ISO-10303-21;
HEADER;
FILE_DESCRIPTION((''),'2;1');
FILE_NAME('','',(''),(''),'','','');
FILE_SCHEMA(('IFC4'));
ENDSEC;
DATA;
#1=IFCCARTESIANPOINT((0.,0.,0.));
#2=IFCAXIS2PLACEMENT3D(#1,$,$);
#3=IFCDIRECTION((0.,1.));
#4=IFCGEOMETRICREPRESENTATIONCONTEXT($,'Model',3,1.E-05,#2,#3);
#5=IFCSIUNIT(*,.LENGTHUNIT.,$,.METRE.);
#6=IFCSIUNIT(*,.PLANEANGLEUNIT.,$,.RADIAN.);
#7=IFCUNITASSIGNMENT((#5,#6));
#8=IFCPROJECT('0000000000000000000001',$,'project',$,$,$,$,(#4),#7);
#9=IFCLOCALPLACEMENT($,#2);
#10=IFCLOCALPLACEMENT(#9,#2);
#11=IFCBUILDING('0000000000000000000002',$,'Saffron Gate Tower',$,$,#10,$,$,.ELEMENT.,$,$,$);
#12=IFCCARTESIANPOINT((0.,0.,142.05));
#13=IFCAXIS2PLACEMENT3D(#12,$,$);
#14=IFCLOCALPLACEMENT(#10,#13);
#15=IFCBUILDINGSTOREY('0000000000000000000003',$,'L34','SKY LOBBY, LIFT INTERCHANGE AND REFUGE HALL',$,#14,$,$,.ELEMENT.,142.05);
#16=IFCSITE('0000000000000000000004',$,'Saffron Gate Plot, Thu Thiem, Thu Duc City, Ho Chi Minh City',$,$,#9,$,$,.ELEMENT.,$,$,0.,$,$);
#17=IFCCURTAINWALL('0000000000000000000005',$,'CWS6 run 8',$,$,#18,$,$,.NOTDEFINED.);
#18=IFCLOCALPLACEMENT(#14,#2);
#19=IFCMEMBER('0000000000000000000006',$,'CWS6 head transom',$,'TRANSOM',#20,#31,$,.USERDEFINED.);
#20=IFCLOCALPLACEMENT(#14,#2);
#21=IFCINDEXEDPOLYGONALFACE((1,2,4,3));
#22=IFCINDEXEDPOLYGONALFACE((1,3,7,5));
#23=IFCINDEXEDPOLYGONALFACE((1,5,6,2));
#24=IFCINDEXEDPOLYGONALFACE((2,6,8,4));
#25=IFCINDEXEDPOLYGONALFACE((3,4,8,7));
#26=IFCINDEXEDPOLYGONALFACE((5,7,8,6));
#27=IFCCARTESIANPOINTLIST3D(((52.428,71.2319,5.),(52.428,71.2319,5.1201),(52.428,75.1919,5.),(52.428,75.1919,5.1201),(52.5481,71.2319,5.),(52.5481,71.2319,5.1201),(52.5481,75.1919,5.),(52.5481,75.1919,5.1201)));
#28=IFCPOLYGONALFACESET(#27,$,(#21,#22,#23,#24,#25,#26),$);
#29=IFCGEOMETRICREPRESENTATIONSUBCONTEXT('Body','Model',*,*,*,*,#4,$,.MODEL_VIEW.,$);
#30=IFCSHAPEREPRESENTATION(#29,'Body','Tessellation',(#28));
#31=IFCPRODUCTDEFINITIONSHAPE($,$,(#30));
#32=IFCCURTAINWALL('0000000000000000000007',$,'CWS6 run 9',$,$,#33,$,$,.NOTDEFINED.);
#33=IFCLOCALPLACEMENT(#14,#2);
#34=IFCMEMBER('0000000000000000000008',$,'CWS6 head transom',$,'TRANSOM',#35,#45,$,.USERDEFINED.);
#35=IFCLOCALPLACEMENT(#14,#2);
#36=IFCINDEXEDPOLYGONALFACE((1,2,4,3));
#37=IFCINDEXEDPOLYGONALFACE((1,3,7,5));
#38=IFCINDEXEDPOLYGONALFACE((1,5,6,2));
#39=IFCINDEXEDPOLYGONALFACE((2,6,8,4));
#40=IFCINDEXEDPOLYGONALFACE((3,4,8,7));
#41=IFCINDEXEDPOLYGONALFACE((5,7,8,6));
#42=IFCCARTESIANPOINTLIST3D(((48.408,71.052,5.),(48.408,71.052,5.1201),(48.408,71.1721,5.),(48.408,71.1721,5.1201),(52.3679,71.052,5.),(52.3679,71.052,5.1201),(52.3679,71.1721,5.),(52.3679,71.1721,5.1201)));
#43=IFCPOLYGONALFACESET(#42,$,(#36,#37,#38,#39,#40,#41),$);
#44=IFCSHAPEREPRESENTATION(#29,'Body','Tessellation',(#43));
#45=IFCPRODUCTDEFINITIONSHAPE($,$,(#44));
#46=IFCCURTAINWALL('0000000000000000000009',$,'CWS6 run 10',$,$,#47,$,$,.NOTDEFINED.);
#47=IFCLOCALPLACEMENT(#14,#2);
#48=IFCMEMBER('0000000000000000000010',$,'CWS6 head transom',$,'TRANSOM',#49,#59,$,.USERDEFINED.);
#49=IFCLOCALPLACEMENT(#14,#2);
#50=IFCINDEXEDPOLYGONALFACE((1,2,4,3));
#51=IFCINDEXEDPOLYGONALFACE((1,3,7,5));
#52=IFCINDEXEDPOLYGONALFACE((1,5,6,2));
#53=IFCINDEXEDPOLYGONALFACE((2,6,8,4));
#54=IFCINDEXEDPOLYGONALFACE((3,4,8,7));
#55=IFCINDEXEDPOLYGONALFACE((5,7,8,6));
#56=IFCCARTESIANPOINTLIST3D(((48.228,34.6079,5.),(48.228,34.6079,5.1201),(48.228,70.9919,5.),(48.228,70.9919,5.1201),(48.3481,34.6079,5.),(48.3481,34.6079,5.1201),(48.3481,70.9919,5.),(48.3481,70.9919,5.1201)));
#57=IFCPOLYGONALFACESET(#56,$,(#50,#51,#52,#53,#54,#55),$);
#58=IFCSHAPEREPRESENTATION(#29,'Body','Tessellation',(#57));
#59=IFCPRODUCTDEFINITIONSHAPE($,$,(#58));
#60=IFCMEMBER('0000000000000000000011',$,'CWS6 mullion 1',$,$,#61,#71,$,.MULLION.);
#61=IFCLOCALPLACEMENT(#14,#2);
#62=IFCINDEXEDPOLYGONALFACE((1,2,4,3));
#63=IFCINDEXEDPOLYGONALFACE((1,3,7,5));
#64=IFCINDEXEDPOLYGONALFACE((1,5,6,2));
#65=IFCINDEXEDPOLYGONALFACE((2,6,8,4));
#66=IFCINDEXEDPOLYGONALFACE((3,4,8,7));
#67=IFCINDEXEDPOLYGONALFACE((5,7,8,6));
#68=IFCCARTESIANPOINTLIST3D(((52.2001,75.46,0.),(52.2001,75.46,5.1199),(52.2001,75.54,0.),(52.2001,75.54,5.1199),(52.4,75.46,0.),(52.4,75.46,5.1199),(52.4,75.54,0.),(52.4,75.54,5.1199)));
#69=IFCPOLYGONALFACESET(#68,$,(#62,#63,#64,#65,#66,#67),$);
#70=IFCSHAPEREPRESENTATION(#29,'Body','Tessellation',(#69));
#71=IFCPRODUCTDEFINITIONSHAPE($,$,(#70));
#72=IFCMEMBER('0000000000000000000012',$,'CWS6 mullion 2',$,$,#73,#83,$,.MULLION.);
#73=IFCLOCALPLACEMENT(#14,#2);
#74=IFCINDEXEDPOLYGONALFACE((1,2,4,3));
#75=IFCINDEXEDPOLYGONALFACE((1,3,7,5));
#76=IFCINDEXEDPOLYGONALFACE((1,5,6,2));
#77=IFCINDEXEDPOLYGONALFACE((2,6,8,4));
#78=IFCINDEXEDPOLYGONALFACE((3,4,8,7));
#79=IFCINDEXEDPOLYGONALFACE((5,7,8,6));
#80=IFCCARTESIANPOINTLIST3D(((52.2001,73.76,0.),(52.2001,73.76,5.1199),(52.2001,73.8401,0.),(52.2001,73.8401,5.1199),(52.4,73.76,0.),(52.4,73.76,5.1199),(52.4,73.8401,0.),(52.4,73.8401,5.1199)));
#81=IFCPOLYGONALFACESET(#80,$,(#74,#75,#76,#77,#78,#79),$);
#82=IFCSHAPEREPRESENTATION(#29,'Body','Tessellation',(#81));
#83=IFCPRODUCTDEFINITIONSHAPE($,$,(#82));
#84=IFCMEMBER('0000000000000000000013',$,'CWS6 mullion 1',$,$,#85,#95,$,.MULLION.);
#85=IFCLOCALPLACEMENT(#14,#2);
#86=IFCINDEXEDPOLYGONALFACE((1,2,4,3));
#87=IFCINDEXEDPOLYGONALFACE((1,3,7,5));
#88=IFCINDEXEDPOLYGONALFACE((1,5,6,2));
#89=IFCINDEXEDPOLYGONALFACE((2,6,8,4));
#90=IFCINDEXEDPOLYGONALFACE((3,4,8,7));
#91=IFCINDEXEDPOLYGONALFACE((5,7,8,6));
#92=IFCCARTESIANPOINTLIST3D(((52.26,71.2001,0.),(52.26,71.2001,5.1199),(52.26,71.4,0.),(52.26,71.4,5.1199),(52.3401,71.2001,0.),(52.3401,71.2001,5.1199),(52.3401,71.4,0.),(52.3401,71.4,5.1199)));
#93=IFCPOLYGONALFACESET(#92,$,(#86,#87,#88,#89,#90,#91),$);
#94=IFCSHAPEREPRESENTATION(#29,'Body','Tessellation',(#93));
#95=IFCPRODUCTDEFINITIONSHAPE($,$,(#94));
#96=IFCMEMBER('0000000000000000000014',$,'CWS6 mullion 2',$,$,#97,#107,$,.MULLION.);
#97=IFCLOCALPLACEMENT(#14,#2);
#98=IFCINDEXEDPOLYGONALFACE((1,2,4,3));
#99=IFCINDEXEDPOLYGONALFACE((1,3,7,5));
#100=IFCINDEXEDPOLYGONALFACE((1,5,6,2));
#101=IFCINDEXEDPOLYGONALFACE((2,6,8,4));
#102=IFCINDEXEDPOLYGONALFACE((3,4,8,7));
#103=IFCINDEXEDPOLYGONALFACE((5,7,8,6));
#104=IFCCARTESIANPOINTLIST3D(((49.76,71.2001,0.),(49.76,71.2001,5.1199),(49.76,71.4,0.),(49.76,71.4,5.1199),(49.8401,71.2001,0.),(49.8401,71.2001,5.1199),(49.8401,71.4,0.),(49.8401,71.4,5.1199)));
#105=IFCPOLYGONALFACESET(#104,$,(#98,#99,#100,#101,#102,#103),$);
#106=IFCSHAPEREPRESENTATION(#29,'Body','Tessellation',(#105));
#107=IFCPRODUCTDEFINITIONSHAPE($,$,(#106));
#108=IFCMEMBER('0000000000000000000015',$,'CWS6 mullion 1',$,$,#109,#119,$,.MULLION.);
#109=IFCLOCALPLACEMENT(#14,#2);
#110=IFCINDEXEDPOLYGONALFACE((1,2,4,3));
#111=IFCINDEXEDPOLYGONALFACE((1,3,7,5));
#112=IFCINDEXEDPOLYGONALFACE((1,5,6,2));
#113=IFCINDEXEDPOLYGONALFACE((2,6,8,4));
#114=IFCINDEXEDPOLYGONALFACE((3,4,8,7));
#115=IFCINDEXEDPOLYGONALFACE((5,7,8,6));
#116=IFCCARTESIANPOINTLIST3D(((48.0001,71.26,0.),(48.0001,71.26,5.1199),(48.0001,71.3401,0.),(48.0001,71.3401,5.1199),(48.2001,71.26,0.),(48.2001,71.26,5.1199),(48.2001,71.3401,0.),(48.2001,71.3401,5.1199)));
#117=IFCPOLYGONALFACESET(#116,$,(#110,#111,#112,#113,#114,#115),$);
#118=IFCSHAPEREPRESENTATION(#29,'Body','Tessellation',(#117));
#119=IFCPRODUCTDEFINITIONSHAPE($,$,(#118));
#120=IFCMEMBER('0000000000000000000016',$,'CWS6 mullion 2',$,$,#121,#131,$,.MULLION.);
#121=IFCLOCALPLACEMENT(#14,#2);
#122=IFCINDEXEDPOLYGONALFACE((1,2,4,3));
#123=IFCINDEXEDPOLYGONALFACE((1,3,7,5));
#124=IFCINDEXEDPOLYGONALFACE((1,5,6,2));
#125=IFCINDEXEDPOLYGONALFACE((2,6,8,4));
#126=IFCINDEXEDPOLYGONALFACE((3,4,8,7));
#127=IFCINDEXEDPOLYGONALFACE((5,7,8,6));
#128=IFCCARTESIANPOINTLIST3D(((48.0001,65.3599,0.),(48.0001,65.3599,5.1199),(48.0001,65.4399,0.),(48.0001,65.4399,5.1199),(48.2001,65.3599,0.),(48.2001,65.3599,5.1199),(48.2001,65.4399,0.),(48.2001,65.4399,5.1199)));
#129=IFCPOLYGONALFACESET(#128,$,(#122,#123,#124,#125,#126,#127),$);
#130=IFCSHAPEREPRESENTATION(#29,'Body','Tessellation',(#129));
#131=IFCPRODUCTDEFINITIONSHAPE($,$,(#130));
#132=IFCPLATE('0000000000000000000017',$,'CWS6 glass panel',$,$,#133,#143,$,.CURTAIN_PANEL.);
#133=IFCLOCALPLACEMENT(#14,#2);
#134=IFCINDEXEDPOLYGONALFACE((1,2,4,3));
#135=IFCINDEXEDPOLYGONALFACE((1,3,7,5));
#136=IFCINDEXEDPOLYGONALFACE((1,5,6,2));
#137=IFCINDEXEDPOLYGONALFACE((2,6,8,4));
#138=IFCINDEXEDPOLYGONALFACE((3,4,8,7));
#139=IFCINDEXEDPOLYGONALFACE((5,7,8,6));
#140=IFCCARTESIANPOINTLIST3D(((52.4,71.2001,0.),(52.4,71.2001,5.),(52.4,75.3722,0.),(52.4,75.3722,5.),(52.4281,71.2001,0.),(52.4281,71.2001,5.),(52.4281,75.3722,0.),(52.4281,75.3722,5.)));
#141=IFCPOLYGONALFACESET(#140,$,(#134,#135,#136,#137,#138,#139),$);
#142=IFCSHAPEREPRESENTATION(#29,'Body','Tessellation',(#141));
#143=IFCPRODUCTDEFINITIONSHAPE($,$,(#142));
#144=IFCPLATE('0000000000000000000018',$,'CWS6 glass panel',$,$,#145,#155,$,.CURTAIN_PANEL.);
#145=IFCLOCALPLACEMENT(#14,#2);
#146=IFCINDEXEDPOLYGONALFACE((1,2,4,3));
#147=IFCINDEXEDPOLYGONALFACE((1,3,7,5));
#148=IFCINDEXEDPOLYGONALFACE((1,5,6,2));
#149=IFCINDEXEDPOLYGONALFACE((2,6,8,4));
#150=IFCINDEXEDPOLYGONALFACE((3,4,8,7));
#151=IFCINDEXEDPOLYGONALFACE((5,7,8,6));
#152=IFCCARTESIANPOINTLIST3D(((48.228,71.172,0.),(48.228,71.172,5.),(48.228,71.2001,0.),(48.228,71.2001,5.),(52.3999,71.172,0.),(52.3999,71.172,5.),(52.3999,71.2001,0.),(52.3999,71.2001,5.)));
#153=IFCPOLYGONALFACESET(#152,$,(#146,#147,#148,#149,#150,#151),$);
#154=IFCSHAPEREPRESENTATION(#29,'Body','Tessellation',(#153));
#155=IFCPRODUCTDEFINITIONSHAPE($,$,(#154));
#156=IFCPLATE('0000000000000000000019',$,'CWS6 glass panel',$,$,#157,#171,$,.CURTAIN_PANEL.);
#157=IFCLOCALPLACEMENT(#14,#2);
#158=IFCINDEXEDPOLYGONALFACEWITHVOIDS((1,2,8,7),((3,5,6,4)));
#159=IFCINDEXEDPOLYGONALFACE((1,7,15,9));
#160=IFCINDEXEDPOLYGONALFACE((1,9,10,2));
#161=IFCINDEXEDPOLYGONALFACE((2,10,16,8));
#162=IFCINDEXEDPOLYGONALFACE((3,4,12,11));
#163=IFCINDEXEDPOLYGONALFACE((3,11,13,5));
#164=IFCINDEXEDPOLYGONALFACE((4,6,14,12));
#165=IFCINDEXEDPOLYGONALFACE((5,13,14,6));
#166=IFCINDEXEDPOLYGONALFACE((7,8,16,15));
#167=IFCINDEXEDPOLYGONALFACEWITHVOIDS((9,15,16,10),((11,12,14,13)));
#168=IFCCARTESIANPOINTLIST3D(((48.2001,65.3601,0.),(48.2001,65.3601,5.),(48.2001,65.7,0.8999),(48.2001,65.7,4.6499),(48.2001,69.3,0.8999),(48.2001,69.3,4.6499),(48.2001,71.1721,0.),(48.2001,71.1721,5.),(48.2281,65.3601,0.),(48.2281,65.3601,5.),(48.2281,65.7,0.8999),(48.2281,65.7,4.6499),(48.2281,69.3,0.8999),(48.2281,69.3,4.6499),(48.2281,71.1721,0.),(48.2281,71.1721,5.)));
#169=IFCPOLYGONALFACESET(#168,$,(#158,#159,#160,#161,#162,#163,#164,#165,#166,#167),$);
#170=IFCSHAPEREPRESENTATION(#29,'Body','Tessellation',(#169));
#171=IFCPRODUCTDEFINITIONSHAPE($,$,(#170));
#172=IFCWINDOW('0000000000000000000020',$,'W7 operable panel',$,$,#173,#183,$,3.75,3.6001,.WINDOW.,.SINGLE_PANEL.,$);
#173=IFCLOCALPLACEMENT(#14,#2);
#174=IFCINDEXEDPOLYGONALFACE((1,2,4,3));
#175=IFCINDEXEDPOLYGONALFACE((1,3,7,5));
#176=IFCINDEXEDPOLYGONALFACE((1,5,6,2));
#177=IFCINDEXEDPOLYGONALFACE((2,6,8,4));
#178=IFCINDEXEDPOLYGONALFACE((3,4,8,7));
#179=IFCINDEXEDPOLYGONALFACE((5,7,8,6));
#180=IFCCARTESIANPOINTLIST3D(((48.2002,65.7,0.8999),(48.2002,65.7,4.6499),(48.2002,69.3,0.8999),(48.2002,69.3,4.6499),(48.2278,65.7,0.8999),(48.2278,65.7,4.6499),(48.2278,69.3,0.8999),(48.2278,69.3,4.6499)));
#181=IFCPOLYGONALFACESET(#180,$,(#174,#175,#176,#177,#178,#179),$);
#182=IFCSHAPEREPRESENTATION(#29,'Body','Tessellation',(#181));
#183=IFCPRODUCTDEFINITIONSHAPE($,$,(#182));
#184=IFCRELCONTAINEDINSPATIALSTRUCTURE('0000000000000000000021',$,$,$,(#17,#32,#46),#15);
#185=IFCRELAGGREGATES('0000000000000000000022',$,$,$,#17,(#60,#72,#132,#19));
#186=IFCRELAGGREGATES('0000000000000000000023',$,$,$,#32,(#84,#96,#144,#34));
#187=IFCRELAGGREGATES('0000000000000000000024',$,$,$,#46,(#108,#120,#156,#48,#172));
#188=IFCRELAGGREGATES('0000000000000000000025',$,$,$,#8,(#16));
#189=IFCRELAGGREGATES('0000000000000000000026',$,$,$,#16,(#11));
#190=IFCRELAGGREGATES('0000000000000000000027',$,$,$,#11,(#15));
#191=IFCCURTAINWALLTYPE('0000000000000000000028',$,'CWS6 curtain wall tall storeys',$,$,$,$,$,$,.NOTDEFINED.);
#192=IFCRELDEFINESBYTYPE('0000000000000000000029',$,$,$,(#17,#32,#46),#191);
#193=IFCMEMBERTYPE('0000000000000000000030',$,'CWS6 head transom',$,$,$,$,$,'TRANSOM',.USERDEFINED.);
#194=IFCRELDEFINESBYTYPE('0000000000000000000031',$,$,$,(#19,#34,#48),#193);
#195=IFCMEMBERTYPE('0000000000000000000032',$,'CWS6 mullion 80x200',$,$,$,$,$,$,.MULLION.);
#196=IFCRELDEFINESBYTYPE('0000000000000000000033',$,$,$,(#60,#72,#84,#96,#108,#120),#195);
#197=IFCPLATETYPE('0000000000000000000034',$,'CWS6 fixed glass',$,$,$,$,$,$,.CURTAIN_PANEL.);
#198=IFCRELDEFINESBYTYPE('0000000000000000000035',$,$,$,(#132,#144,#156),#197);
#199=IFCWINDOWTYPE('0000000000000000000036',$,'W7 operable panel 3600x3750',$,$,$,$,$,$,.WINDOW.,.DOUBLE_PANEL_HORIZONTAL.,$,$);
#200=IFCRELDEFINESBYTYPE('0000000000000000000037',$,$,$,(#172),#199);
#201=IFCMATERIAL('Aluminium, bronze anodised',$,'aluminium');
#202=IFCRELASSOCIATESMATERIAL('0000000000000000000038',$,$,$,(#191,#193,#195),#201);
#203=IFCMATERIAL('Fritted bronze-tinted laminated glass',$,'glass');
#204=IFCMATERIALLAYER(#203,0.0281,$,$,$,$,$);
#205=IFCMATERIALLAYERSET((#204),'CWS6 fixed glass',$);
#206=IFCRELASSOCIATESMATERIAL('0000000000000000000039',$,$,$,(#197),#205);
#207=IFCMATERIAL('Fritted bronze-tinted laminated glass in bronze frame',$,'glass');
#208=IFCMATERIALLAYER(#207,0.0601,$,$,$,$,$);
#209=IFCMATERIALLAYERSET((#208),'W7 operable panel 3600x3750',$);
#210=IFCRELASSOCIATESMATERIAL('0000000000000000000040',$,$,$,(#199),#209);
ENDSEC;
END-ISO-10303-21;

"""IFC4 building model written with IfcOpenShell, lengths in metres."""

from ifc_helpers import new_model, si_unit, direction, frame, frame_2d, origin, origin_2d, place, context, subcontext, project, spatial, rectangle, extrude, material, layer, layer_set, material_profile, profile_set, type_object, element, fill, aggregate, save


model = new_model("IFC4")

# Units and contexts
model_context = context("Model", 3, precision=1e-05, world=origin(), true_north=direction((0.0, 1.0)))
body_context = subcontext(model_context, "Body", "Model", "MODEL_VIEW")
ifc_project = project(units=[si_unit("LENGTHUNIT", "METRE"), si_unit("PLANEANGLEUNIT", "RADIAN")], contexts=[model_context])

# Site, building, storey
site_placement = place(None, origin())
site = spatial("IfcSite", under=ifc_project, at=site_placement, Name="Saffron Gate Plot, Thu Thiem, Thu Duc City, Ho Chi Minh City", CompositionType="ELEMENT", RefElevation=0.0)
building_placement = place(site_placement, origin())
building = spatial("IfcBuilding", under=site, at=building_placement, Name="Saffron Gate Tower", CompositionType="ELEMENT")
storey_placement = place(building_placement, frame((0.0, 0.0, 142.05)))
storey = spatial("IfcBuildingStorey", under=building, at=storey_placement, Name="L34", Description="SKY LOBBY, LIFT INTERCHANGE AND REFUGE HALL", CompositionType="ELEMENT", Elevation=142.05)

# Curtain walls, members
ifc_material_1 = material(Name="Aluminium, bronze anodised", Category="aluminium")
curtain_wall_type = type_object("IfcCurtainWallType", Name="CWS6 curtain wall tall storeys", PredefinedType="NOTDEFINED", material=ifc_material_1)
curtain_wall_1_placement = place(storey_placement, origin())
curtain_wall_1 = element("IfcCurtainWall", 1, at=curtain_wall_1_placement, inside=storey, type_object=curtain_wall_type, Name="CWS6 run 8", PredefinedType="NOTDEFINED")
ifc_material_profile_1 = material_profile(ifc_material_1, rectangle(XDim=0.1201, YDim=0.1201, at=origin_2d()))
ifc_profile_set_1 = profile_set([ifc_material_profile_1], Name="Aluminium, bronze anodised")
member_type_1 = type_object("IfcMemberType", Name="CWS6 head transom", ElementType="TRANSOM", PredefinedType="USERDEFINED", material=ifc_profile_set_1)
member_1_placement = place(storey_placement, frame((52.488, 75.1919, 5.0601), z_axis=(0.0, -1.0, 0.0), x_axis=(1.0, 0.0, 0.0)))
member_1 = element("IfcMember", 2, at=member_1_placement, type_object=member_type_1, Name="CWS6 head transom", ObjectType="TRANSOM", PredefinedType="USERDEFINED", context=body_context, shape_type="SweptSolid", body=[
    extrude(rectangle(XDim=0.1201, YDim=0.1201, at=origin_2d()), origin(), (0.0, 0.0, 1.0), 3.96),
])
curtain_wall_2_placement = place(storey_placement, origin())
curtain_wall_2 = element("IfcCurtainWall", 3, at=curtain_wall_2_placement, inside=storey, type_object=curtain_wall_type, Name="CWS6 run 9", PredefinedType="NOTDEFINED")
member_2_placement = place(storey_placement, frame((52.3679, 71.1121, 5.0601), z_axis=(-1.0, 0.0, 0.0), x_axis=(0.0, -1.0, 0.0)))
member_2 = element("IfcMember", 4, at=member_2_placement, type_object=member_type_1, Name="CWS6 head transom", ObjectType="TRANSOM", PredefinedType="USERDEFINED", context=body_context, shape_type="SweptSolid", body=[
    extrude(rectangle(XDim=0.1201, YDim=0.1201, at=origin_2d()), origin(), (0.0, 0.0, 1.0), 3.96),
])
curtain_wall_3_placement = place(storey_placement, origin())
curtain_wall_3 = element("IfcCurtainWall", 5, at=curtain_wall_3_placement, inside=storey, type_object=curtain_wall_type, Name="CWS6 run 10", PredefinedType="NOTDEFINED")
member_3_placement = place(storey_placement, frame((48.2881, 70.9919, 5.0601), z_axis=(0.0, -1.0, 0.0), x_axis=(1.0, 0.0, 0.0)))
member_3 = element("IfcMember", 6, at=member_3_placement, type_object=member_type_1, Name="CWS6 head transom", ObjectType="TRANSOM", PredefinedType="USERDEFINED", context=body_context, shape_type="SweptSolid", body=[
    extrude(rectangle(XDim=0.1201, YDim=0.1201, at=origin_2d()), origin(), (0.0, 0.0, 1.0), 36.384),
])

# Members
ifc_material_profile_2 = material_profile(ifc_material_1, rectangle(XDim=0.2, YDim=0.0801, at=origin_2d()))
ifc_profile_set_2 = profile_set([ifc_material_profile_2], Name="Aluminium, bronze anodised")
member_type_2 = type_object("IfcMemberType", Name="CWS6 mullion 80x200", PredefinedType="MULLION", material=ifc_profile_set_2)
member_4_placement = place(storey_placement, frame((52.3, 75.5, 0.0), z_axis=(0.0, 0.0, 1.0), x_axis=(1.0, 0.0, 0.0)))
member_4 = element("IfcMember", 7, at=member_4_placement, type_object=member_type_2, Name="CWS6 mullion 1", PredefinedType="MULLION", context=body_context, shape_type="SweptSolid", body=[
    extrude(rectangle(XDim=0.2, YDim=0.0801, at=origin_2d()), origin(), (0.0, 0.0, 1.0), 5.1199),
])
member_5_placement = place(storey_placement, frame((52.3, 73.8, 0.0), z_axis=(0.0, 0.0, 1.0), x_axis=(1.0, 0.0, 0.0)))
member_5 = element("IfcMember", 8, at=member_5_placement, type_object=member_type_2, Name="CWS6 mullion 2", PredefinedType="MULLION", context=body_context, shape_type="SweptSolid", body=[
    extrude(rectangle(XDim=0.2, YDim=0.0801, at=origin_2d()), origin(), (0.0, 0.0, 1.0), 5.1199),
])
member_6_placement = place(storey_placement, frame((52.3, 71.3, 0.0), z_axis=(0.0, 0.0, 1.0), x_axis=(0.0, -1.0, 0.0)))
member_6 = element("IfcMember", 9, at=member_6_placement, type_object=member_type_2, Name="CWS6 mullion 1", PredefinedType="MULLION", context=body_context, shape_type="SweptSolid", body=[
    extrude(rectangle(XDim=0.2, YDim=0.0801, at=origin_2d()), origin(), (0.0, 0.0, 1.0), 5.1199),
])
member_7_placement = place(storey_placement, frame((49.8, 71.3, 0.0), z_axis=(0.0, 0.0, 1.0), x_axis=(0.0, -1.0, 0.0)))
member_7 = element("IfcMember", 10, at=member_7_placement, type_object=member_type_2, Name="CWS6 mullion 2", PredefinedType="MULLION", context=body_context, shape_type="SweptSolid", body=[
    extrude(rectangle(XDim=0.2, YDim=0.0801, at=origin_2d()), origin(), (0.0, 0.0, 1.0), 5.1199),
])
member_8_placement = place(storey_placement, frame((48.1001, 71.3, 0.0), z_axis=(0.0, 0.0, 1.0), x_axis=(1.0, 0.0, 0.0)))
member_8 = element("IfcMember", 11, at=member_8_placement, type_object=member_type_2, Name="CWS6 mullion 1", PredefinedType="MULLION", context=body_context, shape_type="SweptSolid", body=[
    extrude(rectangle(XDim=0.2, YDim=0.0801, at=origin_2d()), origin(), (0.0, 0.0, 1.0), 5.1199),
])
member_9_placement = place(storey_placement, frame((48.1001, 65.3999, 0.0), z_axis=(0.0, 0.0, 1.0), x_axis=(1.0, 0.0, 0.0)))
member_9 = element("IfcMember", 12, at=member_9_placement, type_object=member_type_2, Name="CWS6 mullion 2", PredefinedType="MULLION", context=body_context, shape_type="SweptSolid", body=[
    extrude(rectangle(XDim=0.2, YDim=0.0801, at=origin_2d()), origin(), (0.0, 0.0, 1.0), 5.1199),
])

# Plates
ifc_material_2 = material(Name="Fritted bronze-tinted laminated glass", Category="glass")
ifc_layer_1 = layer(ifc_material_2, 0.0281)
ifc_layer_set_1 = layer_set([ifc_layer_1], Name="CWS6 fixed glass")
plate_type = type_object("IfcPlateType", Name="CWS6 fixed glass", PredefinedType="CURTAIN_PANEL", material=ifc_layer_set_1)
plate_1_placement = place(storey_placement, frame((52.4141, 75.3721, 0.0), z_axis=(0.0, 0.0, 1.0), x_axis=(0.0, -1.0, 0.0)))
plate_1 = element("IfcPlate", 13, at=plate_1_placement, type_object=plate_type, Name="CWS6 glass panel", PredefinedType="CURTAIN_PANEL", context=body_context, shape_type="SweptSolid", body=[
    extrude(rectangle(XDim=4.1721, YDim=0.0281, at=frame_2d((2.0859, 0.0))), origin(), (0.0, 0.0, 1.0), 5.0),
])
aggregate(curtain_wall_1, [member_4, member_5, plate_1, member_1])
plate_2_placement = place(storey_placement, frame((52.3999, 71.186, 0.0), z_axis=(0.0, 0.0, 1.0), x_axis=(-1.0, 0.0, 0.0)))
plate_2 = element("IfcPlate", 14, at=plate_2_placement, type_object=plate_type, Name="CWS6 glass panel", PredefinedType="CURTAIN_PANEL", context=body_context, shape_type="SweptSolid", body=[
    extrude(rectangle(XDim=4.1719, YDim=0.0281, at=frame_2d((2.0859, 0.0))), origin(), (0.0, 0.0, 1.0), 5.0),
])
aggregate(curtain_wall_2, [member_6, member_7, plate_2, member_2])

# Plate, opening, window
plate_3_placement = place(storey_placement, frame((48.2141, 71.1721, 0.0), z_axis=(0.0, 0.0, 1.0), x_axis=(0.0, -1.0, 0.0)))
plate_3 = element("IfcPlate", 15, at=plate_3_placement, type_object=plate_type, Name="CWS6 glass panel", PredefinedType="CURTAIN_PANEL", context=body_context, shape_type="SweptSolid", body=[
    extrude(rectangle(XDim=5.812, YDim=0.0281, at=frame_2d((2.906, 0.0))), origin(), (0.0, 0.0, 1.0), 5.0),
])
opening_placement = place(plate_3_placement, frame((1.8721, 0.0, 0.8999)))
opening = element("IfcOpeningElement", 16, at=opening_placement, cuts=plate_3, PredefinedType="OPENING", context=body_context, shape_type="SweptSolid", body=[
    extrude(rectangle(XDim=3.6001, YDim=3.75, at=frame_2d((1.8, 1.875))), frame((0.0, 0.0239, 0.0), z_axis=(0.0, -1.0, 0.0), x_axis=(1.0, 0.0, 0.0)), (0.0, 0.0, 1.0), 0.0481),
])
ifc_material_3 = material(Name="Fritted bronze-tinted laminated glass in bronze frame", Category="glass")
ifc_layer_2 = layer(ifc_material_3, 0.0601)
ifc_layer_set_2 = layer_set([ifc_layer_2], Name="W7 operable panel 3600x3750")
window_type = type_object("IfcWindowType", Name="W7 operable panel 3600x3750", PartitioningType="DOUBLE_PANEL_HORIZONTAL", PredefinedType="WINDOW", material=ifc_layer_set_2)
window_placement = place(opening_placement, origin())
window = element("IfcWindow", 17, at=window_placement, type_object=window_type, Name="W7 operable panel", OverallHeight=3.75, OverallWidth=3.6001, PartitioningType="SINGLE_PANEL", PredefinedType="WINDOW", context=body_context, shape_type="SweptSolid", body=[
    extrude(rectangle(XDim=3.6001, YDim=3.75, at=frame_2d((1.8, 1.875))), frame((0.0, 0.0137, 0.0), z_axis=(0.0, -1.0, 0.0), x_axis=(1.0, 0.0, 0.0)), (0.0, 0.0, 1.0), 0.0276),
])
fill(opening, window)
aggregate(curtain_wall_3, [member_8, member_9, plate_3, member_3, window])

save(model, "model.ifc")
